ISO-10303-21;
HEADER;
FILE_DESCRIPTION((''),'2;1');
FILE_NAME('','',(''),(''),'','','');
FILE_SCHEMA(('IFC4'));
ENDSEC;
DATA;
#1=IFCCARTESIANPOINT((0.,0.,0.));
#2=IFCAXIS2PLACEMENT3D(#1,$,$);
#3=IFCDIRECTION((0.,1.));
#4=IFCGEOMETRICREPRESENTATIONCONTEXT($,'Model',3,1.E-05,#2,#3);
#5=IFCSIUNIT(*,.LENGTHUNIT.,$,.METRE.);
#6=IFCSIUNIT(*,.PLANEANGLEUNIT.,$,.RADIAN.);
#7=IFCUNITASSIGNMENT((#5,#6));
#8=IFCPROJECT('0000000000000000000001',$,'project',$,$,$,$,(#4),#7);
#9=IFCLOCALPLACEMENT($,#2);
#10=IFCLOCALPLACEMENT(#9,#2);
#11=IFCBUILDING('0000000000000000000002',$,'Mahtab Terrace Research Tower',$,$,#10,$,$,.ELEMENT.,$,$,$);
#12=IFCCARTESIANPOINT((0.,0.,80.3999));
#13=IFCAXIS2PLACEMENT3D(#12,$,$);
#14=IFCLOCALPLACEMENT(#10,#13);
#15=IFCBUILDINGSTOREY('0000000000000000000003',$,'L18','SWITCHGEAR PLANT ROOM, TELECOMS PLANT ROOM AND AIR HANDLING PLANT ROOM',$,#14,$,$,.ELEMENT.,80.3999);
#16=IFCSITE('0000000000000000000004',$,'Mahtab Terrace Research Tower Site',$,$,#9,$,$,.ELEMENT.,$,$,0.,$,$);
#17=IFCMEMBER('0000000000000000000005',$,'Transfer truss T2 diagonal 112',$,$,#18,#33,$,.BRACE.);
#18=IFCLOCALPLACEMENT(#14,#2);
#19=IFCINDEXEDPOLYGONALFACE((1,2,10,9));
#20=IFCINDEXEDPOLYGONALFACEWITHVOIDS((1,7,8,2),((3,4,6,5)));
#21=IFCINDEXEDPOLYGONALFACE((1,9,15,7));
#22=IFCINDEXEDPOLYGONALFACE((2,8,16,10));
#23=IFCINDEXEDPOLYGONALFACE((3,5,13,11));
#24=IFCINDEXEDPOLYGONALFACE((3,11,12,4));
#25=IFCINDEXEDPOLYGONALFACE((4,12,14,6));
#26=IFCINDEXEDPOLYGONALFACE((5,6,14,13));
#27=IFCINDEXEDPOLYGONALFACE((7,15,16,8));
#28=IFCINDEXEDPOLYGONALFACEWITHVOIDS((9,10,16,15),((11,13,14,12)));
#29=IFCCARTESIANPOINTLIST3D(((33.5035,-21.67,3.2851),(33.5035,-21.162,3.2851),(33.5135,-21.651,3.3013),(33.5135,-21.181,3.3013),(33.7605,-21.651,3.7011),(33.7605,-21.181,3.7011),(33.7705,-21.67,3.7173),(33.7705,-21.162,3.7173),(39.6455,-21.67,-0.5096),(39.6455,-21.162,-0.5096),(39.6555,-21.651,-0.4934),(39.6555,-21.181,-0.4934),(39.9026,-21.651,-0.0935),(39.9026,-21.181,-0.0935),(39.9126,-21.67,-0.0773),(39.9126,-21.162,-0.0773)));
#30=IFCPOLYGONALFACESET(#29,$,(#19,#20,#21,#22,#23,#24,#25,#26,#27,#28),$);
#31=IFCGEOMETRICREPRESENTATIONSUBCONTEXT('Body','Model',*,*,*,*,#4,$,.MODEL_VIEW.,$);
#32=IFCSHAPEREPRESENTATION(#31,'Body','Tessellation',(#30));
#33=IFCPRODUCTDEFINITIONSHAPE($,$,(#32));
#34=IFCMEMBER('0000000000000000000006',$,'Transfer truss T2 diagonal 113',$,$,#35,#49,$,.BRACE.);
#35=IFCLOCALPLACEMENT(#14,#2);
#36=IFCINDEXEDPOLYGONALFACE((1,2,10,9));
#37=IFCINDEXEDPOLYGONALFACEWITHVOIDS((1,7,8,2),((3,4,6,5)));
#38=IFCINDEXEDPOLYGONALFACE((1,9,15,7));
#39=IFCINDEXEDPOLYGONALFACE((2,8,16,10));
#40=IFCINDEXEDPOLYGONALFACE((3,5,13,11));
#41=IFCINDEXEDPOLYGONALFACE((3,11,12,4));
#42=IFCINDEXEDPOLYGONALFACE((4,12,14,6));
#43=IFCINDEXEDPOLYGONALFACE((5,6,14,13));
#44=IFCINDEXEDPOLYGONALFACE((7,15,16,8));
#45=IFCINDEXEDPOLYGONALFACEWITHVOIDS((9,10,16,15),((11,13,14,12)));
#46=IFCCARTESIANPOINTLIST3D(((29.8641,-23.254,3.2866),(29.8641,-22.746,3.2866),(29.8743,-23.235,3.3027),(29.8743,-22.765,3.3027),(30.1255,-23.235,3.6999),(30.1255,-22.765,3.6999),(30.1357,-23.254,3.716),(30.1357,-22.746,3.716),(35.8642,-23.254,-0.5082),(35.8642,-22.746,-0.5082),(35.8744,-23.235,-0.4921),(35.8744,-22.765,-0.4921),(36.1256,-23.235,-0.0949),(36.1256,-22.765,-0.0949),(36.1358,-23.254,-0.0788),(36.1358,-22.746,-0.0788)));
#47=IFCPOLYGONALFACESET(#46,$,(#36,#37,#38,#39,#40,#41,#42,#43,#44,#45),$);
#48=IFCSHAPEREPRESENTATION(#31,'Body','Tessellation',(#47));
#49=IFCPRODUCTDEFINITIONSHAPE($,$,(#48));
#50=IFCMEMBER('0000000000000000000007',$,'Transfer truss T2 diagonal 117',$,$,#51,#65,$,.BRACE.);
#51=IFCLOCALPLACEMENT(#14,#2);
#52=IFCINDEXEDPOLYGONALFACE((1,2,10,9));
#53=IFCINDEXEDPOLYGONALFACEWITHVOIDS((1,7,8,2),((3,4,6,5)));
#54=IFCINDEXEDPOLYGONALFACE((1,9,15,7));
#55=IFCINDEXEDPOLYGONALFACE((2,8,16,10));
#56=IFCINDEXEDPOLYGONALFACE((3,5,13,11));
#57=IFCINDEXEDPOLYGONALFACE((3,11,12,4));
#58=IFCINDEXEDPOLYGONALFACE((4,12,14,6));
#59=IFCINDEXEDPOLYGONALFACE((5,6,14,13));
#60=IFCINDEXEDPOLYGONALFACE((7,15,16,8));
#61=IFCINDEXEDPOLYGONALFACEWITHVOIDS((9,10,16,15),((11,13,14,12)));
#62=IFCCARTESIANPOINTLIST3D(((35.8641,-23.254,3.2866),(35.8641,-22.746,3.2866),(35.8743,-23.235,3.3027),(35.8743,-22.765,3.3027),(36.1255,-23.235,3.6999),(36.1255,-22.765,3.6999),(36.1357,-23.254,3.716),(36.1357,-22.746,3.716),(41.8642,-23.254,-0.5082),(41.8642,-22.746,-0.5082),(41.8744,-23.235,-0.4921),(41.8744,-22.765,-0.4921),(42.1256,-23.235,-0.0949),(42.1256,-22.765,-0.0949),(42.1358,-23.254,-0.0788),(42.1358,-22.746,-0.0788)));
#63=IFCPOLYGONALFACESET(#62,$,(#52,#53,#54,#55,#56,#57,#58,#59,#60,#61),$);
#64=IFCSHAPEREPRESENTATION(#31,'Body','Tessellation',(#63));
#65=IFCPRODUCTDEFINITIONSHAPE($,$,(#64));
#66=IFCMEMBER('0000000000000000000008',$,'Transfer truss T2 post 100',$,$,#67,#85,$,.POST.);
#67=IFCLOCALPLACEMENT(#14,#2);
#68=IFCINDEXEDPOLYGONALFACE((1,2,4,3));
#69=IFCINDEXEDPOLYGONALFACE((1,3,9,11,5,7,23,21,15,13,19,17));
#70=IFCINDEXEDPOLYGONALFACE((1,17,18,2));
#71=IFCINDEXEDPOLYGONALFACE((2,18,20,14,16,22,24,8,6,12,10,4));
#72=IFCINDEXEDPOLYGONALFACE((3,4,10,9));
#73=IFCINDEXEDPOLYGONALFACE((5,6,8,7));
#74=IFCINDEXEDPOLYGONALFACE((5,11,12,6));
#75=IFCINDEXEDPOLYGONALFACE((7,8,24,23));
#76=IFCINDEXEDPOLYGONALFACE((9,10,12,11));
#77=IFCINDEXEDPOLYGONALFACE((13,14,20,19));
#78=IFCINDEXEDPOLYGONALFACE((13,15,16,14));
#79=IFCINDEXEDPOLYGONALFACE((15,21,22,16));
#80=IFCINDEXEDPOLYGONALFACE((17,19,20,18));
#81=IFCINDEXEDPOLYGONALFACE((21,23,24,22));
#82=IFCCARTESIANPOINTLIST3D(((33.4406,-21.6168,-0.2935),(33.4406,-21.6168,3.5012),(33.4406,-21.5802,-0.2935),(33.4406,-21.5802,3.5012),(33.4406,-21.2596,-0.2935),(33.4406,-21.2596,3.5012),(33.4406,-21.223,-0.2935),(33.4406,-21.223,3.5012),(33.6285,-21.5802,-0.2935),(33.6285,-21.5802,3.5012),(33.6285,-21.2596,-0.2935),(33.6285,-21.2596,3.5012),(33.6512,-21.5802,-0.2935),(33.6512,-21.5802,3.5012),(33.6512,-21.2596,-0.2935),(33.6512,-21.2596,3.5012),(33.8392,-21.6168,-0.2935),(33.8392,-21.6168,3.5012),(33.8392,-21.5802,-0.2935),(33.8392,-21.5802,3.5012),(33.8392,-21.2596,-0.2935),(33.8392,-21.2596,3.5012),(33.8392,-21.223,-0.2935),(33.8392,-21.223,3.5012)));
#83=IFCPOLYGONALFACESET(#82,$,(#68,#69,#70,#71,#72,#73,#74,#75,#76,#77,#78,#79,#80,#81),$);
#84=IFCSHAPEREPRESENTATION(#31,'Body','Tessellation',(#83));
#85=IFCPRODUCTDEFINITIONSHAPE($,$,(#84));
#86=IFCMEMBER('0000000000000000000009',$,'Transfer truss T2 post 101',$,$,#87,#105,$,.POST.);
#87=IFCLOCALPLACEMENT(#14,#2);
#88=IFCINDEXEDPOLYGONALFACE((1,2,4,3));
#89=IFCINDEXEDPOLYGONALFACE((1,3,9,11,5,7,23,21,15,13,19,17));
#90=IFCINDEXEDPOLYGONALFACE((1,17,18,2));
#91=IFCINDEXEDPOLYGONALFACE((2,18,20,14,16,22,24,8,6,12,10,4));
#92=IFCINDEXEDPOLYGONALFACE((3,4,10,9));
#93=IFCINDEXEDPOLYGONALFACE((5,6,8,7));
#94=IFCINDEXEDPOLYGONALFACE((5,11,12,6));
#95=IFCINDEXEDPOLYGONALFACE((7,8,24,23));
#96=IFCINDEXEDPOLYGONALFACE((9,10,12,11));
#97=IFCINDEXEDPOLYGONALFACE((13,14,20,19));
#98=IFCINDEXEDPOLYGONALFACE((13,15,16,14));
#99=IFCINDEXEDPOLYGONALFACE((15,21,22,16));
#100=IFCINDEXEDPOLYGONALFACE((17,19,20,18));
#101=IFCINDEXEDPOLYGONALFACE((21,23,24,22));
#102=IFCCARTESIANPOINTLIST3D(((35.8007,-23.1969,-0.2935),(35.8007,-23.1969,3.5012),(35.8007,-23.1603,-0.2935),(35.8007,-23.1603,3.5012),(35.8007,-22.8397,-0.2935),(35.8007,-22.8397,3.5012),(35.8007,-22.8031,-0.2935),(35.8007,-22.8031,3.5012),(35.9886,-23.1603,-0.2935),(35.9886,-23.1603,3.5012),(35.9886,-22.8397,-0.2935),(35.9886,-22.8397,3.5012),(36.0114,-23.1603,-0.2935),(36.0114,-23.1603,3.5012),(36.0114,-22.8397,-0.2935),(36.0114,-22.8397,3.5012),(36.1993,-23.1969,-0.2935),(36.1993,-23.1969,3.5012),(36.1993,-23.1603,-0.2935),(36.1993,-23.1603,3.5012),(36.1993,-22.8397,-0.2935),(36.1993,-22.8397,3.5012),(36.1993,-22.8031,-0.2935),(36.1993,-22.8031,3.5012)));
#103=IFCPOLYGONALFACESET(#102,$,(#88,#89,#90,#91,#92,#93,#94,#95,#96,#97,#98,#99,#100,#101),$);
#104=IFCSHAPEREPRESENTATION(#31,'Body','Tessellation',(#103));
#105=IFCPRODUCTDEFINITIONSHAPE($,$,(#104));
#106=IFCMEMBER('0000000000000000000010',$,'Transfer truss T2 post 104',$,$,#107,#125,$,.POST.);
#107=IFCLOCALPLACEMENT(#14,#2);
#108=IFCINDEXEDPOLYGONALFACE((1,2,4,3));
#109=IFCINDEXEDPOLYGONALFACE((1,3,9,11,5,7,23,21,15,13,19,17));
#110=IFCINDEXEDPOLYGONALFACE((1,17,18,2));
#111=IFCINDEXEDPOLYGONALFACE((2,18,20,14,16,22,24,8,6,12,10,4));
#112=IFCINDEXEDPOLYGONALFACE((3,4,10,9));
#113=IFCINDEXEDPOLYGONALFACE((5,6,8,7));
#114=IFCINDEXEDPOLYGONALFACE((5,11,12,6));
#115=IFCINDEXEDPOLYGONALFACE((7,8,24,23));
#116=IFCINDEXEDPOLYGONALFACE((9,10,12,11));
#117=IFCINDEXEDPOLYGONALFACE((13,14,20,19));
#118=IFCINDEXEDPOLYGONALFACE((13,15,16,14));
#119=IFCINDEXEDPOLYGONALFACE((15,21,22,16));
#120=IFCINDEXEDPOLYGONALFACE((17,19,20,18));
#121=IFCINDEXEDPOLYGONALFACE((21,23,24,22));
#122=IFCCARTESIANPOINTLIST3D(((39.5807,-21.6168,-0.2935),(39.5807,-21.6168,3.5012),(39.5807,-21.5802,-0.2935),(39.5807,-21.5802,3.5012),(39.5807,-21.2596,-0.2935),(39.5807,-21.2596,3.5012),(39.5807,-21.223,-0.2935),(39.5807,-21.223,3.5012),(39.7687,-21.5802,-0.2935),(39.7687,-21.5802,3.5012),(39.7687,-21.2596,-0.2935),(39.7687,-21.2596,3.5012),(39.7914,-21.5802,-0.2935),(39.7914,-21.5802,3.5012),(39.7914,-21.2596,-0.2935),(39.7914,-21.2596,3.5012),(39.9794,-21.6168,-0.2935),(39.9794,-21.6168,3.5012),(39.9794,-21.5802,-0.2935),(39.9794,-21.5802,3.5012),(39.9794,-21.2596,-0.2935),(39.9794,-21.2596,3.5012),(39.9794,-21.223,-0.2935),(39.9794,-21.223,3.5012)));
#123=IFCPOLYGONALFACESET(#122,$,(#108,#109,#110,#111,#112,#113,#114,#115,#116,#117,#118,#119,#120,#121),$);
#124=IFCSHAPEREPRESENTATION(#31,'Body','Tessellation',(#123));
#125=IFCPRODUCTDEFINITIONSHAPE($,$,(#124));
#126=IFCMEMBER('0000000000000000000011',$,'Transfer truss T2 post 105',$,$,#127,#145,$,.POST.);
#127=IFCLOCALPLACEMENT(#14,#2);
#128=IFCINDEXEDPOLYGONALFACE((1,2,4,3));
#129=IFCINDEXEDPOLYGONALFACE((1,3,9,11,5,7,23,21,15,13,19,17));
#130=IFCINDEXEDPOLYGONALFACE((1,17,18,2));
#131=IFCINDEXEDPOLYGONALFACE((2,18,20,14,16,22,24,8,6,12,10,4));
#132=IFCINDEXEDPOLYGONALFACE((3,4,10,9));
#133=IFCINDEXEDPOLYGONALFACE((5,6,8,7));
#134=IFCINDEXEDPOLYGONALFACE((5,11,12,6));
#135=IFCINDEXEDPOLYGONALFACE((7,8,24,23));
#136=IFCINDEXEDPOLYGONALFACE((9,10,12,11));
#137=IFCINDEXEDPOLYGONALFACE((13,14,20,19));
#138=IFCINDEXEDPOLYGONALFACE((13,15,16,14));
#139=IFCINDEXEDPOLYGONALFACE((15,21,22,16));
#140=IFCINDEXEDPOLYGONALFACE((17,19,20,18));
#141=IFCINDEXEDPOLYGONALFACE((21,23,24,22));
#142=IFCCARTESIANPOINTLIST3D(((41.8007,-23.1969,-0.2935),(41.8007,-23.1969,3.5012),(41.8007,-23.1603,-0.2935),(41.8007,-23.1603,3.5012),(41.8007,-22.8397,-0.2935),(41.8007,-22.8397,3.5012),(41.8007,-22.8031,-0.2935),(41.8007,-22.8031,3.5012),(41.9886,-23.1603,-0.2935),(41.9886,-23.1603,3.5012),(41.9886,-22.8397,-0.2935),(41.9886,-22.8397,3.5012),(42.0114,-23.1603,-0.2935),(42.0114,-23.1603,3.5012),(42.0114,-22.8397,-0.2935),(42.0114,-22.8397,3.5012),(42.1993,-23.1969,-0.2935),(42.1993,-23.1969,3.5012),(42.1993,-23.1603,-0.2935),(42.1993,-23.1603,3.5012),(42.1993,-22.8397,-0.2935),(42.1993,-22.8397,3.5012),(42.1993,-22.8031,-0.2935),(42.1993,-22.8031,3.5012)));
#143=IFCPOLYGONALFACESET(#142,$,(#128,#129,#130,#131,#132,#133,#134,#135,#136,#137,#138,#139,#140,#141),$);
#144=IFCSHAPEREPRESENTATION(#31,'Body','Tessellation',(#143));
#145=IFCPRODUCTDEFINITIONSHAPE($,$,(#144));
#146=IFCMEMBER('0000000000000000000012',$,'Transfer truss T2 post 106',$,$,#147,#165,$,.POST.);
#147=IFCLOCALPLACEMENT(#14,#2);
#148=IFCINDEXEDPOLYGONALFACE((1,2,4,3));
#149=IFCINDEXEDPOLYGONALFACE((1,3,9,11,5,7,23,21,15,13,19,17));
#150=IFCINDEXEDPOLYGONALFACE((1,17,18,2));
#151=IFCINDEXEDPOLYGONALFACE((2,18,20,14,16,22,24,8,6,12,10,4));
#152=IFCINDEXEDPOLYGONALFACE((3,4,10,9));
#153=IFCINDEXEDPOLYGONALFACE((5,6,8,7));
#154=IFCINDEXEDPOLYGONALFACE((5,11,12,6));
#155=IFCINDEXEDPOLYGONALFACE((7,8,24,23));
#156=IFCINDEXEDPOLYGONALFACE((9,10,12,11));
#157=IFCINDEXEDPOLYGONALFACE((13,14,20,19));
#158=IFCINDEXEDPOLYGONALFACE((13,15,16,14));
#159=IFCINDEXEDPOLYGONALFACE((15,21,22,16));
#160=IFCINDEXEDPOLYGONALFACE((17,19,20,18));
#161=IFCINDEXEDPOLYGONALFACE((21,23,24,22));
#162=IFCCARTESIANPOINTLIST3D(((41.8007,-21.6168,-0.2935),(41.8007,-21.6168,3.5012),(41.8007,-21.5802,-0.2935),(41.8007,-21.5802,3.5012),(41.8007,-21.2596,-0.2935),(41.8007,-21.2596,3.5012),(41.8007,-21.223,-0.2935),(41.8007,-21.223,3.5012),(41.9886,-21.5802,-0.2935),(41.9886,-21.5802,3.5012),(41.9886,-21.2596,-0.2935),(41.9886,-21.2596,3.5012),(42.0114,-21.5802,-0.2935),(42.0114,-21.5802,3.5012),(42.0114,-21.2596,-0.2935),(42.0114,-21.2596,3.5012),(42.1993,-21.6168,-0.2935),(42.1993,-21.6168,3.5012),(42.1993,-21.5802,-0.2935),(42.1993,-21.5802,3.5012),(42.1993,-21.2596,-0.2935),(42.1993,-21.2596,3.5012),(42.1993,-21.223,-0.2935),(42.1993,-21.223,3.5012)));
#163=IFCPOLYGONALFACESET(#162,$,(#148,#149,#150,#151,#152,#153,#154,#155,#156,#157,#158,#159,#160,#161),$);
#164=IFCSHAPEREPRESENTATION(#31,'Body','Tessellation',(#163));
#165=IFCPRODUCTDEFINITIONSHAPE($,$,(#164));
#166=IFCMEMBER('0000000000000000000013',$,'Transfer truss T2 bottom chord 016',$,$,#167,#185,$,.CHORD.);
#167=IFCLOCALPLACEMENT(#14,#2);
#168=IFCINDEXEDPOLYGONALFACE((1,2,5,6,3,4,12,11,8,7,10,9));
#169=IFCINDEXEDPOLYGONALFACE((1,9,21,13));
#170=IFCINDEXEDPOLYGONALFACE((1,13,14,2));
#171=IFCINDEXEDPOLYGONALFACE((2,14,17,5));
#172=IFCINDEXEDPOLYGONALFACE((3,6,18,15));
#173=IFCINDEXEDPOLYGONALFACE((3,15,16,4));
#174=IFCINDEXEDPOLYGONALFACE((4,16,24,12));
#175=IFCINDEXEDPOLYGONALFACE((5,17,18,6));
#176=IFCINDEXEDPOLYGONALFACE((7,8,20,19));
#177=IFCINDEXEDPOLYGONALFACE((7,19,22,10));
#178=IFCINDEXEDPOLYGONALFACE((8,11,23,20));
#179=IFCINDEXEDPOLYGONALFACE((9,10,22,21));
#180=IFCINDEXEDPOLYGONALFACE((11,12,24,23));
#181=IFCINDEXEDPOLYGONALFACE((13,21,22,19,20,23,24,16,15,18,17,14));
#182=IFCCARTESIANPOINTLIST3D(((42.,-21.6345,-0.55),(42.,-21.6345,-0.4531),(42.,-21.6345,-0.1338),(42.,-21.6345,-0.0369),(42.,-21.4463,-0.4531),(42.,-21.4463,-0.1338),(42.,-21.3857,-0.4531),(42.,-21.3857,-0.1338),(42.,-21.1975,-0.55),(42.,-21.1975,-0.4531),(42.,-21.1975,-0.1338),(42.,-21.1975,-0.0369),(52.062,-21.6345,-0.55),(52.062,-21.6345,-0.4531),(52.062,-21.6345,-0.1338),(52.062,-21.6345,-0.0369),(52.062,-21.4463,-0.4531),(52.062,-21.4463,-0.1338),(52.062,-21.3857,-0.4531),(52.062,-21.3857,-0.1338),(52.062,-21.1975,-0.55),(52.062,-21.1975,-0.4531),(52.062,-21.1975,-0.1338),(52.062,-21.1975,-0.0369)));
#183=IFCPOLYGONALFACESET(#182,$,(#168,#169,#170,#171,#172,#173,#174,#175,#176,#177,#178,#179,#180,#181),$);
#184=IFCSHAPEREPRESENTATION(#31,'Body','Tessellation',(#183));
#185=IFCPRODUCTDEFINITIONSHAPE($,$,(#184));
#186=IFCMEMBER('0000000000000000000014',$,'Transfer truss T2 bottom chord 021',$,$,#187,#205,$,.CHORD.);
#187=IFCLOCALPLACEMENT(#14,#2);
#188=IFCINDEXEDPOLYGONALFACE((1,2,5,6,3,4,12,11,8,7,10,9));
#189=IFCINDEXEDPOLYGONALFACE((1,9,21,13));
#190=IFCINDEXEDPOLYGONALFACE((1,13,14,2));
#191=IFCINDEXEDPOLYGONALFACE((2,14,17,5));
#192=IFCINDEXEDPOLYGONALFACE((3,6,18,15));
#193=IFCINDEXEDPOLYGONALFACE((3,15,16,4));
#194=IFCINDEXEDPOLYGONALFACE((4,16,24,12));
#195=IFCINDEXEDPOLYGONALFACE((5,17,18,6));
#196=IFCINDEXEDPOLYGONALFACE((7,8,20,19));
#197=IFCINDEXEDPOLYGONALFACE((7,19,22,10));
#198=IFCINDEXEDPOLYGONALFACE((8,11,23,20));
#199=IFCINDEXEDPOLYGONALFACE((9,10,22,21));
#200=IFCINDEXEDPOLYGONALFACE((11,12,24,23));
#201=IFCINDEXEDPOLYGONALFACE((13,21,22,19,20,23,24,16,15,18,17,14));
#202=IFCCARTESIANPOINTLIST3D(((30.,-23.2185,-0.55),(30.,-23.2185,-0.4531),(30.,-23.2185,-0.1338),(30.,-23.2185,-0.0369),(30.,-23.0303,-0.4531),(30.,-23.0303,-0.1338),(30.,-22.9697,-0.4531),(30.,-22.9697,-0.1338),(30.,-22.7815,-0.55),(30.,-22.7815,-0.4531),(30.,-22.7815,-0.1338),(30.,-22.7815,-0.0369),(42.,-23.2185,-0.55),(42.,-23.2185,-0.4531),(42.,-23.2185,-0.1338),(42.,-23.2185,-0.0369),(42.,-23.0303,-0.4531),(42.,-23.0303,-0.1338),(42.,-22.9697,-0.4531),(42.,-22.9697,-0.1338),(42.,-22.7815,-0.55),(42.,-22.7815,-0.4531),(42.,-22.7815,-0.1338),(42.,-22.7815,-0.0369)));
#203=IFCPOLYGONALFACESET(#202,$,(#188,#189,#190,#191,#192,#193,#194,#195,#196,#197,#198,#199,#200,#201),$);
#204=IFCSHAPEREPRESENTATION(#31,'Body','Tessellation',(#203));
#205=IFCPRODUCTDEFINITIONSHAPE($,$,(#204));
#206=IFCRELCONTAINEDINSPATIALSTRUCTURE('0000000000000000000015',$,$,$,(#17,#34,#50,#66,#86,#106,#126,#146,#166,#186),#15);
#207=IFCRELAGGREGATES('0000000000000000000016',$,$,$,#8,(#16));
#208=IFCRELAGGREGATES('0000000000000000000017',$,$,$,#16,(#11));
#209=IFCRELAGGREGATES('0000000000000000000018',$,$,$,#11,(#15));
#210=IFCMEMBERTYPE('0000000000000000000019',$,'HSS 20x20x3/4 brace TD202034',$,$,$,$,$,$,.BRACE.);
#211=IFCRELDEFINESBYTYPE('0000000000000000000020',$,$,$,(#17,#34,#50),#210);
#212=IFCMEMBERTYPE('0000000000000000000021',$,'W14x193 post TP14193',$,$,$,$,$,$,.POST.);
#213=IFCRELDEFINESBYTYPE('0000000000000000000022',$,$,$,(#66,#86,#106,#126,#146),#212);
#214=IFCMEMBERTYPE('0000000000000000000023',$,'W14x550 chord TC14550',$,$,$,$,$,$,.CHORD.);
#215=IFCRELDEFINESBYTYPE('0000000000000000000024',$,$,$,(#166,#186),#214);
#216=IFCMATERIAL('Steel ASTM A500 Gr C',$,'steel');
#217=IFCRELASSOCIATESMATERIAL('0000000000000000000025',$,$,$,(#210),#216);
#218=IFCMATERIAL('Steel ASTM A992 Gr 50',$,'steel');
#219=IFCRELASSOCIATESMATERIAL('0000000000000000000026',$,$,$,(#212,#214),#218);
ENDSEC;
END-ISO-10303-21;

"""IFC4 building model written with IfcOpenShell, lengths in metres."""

from ifc_helpers import new_model, si_unit, direction, frame, origin, origin_2d, place, context, subcontext, project, spatial, hollow_rectangle, i_section, extrude, material, material_profile, profile_set, type_object, element, save


model = new_model("IFC4")

# Units and contexts
model_context = context("Model", 3, precision=1e-05, world=origin(), true_north=direction((0.0, 1.0)))
body_context = subcontext(model_context, "Body", "Model", "MODEL_VIEW")
ifc_project = project(units=[si_unit("LENGTHUNIT", "METRE"), si_unit("PLANEANGLEUNIT", "RADIAN")], contexts=[model_context])

# Site, building, storey
site_placement = place(None, origin())
site = spatial("IfcSite", under=ifc_project, at=site_placement, Name="Mahtab Terrace Research Tower Site", CompositionType="ELEMENT", RefElevation=0.0)
building_placement = place(site_placement, origin())
building = spatial("IfcBuilding", under=site, at=building_placement, Name="Mahtab Terrace Research Tower", CompositionType="ELEMENT")
storey_placement = place(building_placement, frame((0.0, 0.0, 80.3999)))
storey = spatial("IfcBuildingStorey", under=building, at=storey_placement, Name="L18", Description="SWITCHGEAR PLANT ROOM, TELECOMS PLANT ROOM AND AIR HANDLING PLANT ROOM", CompositionType="ELEMENT", Elevation=80.3999)

# Members
ifc_material_1 = material(Name="Steel ASTM A500 Gr C", Category="steel")
ifc_material_profile_1 = material_profile(ifc_material_1, hollow_rectangle(XDim=0.5081, YDim=0.5081, WallThickness=0.019, at=origin_2d()), Name="HSS20X20X3/4")
ifc_profile_set_1 = profile_set([ifc_material_profile_1], Name="Steel ASTM A500 Gr C")
member_type_1 = type_object("IfcMemberType", Name="HSS 20x20x3/4 brace TD202034", PredefinedType="BRACE", material=ifc_profile_set_1)
member_1_placement = place(storey_placement, frame((39.7791, -21.416, -0.2935), z_axis=(-0.850734, 0.0, 0.525597), x_axis=(0.0, -1.0, 0.0)))
element("IfcMember", 1, at=member_1_placement, inside=storey, type_object=member_type_1, Name="Transfer truss T2 diagonal 112", PredefinedType="BRACE", context=body_context, shape_type="SweptSolid", body=[
    extrude(hollow_rectangle(XDim=0.5081, YDim=0.5081, WallThickness=0.019, at=origin_2d()), origin(), (0.0, 0.0, 1.0), 7.2197),
])
for number, where, z_axis, x_axis, name in (
    (2, (36.0, -23.0, -0.2935), (-0.845158, 0.0, 0.534517), (0.0, -1.0, 0.0), "Transfer truss T2 diagonal 113"),
    (3, (42.0, -23.0, -0.2935), (-0.845158, 0.0, 0.534517), (0.0, -1.0, 0.0), "Transfer truss T2 diagonal 117"),
):
    element("IfcMember", number, at=place(storey_placement, frame(where, z_axis=z_axis, x_axis=x_axis)), inside=storey, type_object=member_type_1, Name=name, PredefinedType="BRACE", context=body_context, shape_type="SweptSolid", body=[
        extrude(hollow_rectangle(XDim=0.5081, YDim=0.5081, WallThickness=0.019, at=origin_2d()), origin(), (0.0, 0.0, 1.0), 7.0994),
    ])
ifc_material_2 = material(Name="Steel ASTM A992 Gr 50", Category="steel")
ifc_material_profile_2 = material_profile(ifc_material_2, i_section(OverallWidth=0.3987, OverallDepth=0.3938, WebThickness=0.0227, FlangeThickness=0.0366, at=origin_2d()), Name="W14X193")
ifc_profile_set_2 = profile_set([ifc_material_profile_2], Name="Steel ASTM A992 Gr 50")
member_type_2 = type_object("IfcMemberType", Name="W14x193 post TP14193", PredefinedType="POST", material=ifc_profile_set_2)
for number, where, z_axis, x_axis, name in (
    (4, (33.6399, -21.4199, -0.2935), (0.0, 0.0, 1.0), (1.0, 0.0, 0.0), "Transfer truss T2 post 100"),
    (5, (36.0, -23.0, -0.2935), (0.0, 0.0, 1.0), (1.0, 0.0, 0.0), "Transfer truss T2 post 101"),
    (6, (39.78, -21.4199, -0.2935), (0.0, 0.0, 1.0), (1.0, 0.0, 0.0), "Transfer truss T2 post 104"),
    (7, (42.0, -23.0, -0.2935), (0.0, 0.0, 1.0), (1.0, 0.0, 0.0), "Transfer truss T2 post 105"),
    (8, (42.0, -21.4199, -0.2935), (0.0, 0.0, 1.0), (1.0, 0.0, 0.0), "Transfer truss T2 post 106"),
):
    element("IfcMember", number, at=place(storey_placement, frame(where, z_axis=z_axis, x_axis=x_axis)), inside=storey, type_object=member_type_2, Name=name, PredefinedType="POST", context=body_context, shape_type="SweptSolid", body=[
        extrude(i_section(OverallWidth=0.3987, OverallDepth=0.3938, WebThickness=0.0227, FlangeThickness=0.0366, at=origin_2d()), origin(), (0.0, 0.0, 1.0), 3.7947),
    ])
ifc_material_profile_3 = material_profile(ifc_material_2, i_section(OverallWidth=0.437, OverallDepth=0.5132, WebThickness=0.0605, FlangeThickness=0.0969, at=origin_2d()), Name="W14X550")
ifc_profile_set_3 = profile_set([ifc_material_profile_3], Name="Steel ASTM A992 Gr 50")
member_type_3 = type_object("IfcMemberType", Name="W14x550 chord TC14550", PredefinedType="CHORD", material=ifc_profile_set_3)
member_2_placement = place(storey_placement, frame((42.0, -21.416, -0.2935), z_axis=(1.0, 0.0, 0.0), x_axis=(0.0, 1.0, 0.0)))
element("IfcMember", 9, at=member_2_placement, inside=storey, type_object=member_type_3, Name="Transfer truss T2 bottom chord 016", PredefinedType="CHORD", context=body_context, shape_type="SweptSolid", body=[
    extrude(i_section(OverallWidth=0.437, OverallDepth=0.5132, WebThickness=0.0605, FlangeThickness=0.0969, at=origin_2d()), origin(), (0.0, 0.0, 1.0), 10.062),
])
member_3_placement = place(storey_placement, frame((42.0, -23.0, -0.2935), z_axis=(-1.0, 0.0, 0.0), x_axis=(0.0, -1.0, 0.0)))
element("IfcMember", 10, at=member_3_placement, inside=storey, type_object=member_type_3, Name="Transfer truss T2 bottom chord 021", PredefinedType="CHORD", context=body_context, shape_type="SweptSolid", body=[
    extrude(i_section(OverallWidth=0.437, OverallDepth=0.5132, WebThickness=0.0605, FlangeThickness=0.0969, at=origin_2d()), origin(), (0.0, 0.0, 1.0), 12.0),
])

save(model, "model.ifc")
